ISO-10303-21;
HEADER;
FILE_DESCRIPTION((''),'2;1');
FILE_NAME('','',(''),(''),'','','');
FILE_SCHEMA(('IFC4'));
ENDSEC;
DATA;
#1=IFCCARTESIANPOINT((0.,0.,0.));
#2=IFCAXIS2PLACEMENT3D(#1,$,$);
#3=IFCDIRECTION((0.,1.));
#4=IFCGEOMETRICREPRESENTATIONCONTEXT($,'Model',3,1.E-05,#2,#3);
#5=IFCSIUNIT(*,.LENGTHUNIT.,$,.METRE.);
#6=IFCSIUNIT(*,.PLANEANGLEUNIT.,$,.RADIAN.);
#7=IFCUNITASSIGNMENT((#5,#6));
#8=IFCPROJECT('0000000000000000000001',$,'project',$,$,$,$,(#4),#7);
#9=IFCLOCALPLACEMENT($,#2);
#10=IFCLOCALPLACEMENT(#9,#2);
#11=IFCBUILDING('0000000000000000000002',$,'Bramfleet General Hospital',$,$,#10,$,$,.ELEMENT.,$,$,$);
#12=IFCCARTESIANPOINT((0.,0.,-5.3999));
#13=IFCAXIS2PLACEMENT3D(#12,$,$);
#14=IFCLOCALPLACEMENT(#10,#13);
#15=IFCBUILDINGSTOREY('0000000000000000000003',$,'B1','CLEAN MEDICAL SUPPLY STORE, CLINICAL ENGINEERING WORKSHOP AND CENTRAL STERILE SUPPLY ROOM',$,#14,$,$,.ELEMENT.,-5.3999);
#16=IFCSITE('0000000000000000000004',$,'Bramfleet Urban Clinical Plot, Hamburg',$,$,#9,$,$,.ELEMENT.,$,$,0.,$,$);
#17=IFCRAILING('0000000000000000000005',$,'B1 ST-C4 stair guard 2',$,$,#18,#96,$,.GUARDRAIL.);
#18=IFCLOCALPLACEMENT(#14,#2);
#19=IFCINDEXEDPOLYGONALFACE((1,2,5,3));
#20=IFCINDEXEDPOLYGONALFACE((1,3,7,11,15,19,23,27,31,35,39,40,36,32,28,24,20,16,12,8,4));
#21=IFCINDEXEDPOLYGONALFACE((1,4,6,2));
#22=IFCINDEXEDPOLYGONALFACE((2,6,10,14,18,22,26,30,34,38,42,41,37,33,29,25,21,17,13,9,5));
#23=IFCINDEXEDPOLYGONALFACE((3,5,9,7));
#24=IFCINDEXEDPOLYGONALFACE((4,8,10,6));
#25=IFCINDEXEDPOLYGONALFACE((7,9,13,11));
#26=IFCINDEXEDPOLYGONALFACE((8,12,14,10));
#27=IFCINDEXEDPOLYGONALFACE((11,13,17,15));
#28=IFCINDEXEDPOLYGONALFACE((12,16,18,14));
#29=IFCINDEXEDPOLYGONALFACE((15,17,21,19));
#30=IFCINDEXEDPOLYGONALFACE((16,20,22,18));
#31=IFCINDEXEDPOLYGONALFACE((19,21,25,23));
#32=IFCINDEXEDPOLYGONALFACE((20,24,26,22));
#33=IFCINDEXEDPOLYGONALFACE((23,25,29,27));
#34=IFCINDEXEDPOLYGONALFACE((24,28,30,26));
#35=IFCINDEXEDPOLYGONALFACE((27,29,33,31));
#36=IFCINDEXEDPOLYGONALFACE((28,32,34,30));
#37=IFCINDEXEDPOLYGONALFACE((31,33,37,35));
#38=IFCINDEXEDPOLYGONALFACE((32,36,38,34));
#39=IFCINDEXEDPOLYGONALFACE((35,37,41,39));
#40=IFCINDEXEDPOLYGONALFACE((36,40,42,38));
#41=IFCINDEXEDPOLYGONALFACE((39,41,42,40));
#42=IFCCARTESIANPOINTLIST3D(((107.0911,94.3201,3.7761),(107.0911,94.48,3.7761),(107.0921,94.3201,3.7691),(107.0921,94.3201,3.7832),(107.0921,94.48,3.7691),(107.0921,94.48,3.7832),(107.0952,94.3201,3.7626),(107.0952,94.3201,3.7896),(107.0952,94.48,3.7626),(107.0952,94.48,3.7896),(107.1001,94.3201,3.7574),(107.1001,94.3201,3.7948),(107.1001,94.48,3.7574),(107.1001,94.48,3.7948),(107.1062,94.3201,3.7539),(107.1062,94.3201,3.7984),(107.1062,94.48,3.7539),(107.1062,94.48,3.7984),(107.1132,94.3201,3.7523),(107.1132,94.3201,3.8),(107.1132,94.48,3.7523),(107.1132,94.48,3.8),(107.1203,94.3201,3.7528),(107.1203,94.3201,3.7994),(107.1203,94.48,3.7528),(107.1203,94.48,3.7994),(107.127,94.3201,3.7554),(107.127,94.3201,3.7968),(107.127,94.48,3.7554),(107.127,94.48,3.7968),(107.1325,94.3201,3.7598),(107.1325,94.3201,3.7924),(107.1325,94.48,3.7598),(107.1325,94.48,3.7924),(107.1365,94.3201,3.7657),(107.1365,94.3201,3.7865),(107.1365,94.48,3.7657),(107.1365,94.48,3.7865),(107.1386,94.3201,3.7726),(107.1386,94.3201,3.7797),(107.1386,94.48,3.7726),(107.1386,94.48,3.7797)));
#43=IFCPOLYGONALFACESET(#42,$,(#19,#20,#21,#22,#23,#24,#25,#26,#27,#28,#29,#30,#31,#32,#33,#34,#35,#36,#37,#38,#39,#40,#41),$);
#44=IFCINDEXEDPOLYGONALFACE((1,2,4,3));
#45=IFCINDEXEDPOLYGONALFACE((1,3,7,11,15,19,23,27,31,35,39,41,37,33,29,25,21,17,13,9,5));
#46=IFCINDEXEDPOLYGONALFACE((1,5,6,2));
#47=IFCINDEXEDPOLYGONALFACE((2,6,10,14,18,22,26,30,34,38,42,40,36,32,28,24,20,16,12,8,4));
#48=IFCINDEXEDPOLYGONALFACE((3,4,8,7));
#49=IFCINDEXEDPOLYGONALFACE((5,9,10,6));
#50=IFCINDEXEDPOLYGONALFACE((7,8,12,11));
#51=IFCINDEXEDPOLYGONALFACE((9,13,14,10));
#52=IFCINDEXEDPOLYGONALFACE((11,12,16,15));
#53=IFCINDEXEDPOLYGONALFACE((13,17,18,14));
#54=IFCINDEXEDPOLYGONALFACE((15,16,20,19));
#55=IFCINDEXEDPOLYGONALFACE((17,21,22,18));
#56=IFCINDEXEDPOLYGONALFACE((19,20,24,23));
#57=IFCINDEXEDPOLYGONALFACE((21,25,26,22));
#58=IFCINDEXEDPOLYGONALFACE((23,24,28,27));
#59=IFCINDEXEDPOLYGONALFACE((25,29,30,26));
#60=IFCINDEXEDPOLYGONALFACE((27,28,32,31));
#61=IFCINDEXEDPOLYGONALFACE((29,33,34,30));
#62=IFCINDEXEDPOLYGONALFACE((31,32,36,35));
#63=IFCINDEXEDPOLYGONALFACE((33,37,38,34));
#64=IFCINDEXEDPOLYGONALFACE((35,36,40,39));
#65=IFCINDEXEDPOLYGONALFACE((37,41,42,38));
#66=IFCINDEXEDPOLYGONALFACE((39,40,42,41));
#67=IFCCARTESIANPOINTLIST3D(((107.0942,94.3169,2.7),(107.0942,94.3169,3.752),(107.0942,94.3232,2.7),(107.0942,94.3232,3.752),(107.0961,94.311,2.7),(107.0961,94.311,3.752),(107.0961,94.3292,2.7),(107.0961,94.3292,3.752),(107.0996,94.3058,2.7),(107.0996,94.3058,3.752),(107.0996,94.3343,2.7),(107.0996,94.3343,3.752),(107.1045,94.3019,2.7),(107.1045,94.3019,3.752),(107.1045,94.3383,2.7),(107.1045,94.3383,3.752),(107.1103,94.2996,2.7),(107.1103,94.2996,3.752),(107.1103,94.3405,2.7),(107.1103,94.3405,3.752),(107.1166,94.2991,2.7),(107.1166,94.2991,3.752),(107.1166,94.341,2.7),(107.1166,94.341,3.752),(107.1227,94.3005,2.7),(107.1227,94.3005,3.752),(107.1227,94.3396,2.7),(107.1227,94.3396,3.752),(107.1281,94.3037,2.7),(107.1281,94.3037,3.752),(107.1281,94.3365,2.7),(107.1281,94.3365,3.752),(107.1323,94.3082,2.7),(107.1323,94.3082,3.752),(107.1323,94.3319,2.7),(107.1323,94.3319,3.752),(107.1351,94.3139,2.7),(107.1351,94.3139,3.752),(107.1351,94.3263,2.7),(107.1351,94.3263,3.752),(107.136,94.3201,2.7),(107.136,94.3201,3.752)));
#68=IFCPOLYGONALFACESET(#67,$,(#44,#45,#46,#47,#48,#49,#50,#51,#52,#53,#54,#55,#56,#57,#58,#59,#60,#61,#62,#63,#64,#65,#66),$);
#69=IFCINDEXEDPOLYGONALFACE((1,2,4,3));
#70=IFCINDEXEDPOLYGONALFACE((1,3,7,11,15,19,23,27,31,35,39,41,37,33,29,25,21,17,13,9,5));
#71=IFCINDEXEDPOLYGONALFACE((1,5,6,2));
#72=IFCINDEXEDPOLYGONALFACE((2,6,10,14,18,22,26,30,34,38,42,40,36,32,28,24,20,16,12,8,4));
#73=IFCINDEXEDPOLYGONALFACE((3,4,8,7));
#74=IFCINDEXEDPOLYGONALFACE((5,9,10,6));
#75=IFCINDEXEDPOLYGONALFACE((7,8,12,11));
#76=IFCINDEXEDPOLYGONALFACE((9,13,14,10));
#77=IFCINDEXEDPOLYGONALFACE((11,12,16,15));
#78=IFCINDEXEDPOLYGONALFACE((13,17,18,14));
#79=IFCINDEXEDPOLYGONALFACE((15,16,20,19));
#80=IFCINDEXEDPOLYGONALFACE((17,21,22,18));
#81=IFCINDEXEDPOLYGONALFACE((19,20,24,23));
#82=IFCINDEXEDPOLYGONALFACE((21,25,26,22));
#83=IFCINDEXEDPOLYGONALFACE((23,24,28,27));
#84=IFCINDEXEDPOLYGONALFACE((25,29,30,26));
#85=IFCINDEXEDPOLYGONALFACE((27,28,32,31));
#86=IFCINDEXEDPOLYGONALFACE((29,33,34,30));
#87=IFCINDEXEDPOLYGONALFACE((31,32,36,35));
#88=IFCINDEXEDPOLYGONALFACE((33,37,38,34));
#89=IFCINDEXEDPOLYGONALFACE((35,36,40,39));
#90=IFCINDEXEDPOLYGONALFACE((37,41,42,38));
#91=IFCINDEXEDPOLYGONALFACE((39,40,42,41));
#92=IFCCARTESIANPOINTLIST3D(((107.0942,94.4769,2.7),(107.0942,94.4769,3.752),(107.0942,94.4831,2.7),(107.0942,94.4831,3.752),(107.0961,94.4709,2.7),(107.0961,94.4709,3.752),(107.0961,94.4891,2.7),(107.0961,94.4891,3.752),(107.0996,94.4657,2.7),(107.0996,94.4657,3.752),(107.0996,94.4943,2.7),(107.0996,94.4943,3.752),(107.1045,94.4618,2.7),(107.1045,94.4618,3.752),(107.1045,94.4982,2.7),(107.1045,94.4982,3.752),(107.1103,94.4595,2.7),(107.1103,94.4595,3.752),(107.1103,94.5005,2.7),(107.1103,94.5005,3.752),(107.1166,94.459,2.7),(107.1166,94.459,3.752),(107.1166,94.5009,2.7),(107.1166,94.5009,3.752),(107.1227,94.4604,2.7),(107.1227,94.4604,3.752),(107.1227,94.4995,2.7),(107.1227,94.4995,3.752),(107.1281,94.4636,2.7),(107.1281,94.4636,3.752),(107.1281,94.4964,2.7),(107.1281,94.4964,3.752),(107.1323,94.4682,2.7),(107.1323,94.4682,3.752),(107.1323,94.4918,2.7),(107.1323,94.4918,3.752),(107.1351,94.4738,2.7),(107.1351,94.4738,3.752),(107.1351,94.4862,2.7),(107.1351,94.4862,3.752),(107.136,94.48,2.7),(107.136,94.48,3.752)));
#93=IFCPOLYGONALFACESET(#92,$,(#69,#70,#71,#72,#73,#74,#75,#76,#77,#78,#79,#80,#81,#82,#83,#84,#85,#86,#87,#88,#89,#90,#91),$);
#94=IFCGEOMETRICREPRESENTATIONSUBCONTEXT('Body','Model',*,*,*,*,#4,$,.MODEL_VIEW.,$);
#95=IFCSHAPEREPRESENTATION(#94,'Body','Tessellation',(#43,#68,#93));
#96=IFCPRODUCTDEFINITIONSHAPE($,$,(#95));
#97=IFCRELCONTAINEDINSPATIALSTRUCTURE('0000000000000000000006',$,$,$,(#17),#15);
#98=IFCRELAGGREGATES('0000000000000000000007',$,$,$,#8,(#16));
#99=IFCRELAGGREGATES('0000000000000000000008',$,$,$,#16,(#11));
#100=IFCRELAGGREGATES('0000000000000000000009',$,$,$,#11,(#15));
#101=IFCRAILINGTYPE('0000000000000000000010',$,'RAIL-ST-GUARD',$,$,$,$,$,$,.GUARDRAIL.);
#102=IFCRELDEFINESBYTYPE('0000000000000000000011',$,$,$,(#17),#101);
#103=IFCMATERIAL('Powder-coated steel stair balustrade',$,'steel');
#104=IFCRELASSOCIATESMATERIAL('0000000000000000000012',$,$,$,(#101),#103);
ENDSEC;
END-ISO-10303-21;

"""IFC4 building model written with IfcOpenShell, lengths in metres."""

from ifc_helpers import new_model, si_unit, direction, frame, origin, origin_2d, place, context, subcontext, project, spatial, circle, extrude, material, type_object, element, save


model = new_model("IFC4")

# Units and contexts
model_context = context("Model", 3, precision=1e-05, world=origin(), true_north=direction((0.0, 1.0)))
body_context = subcontext(model_context, "Body", "Model", "MODEL_VIEW")
ifc_project = project(units=[si_unit("LENGTHUNIT", "METRE"), si_unit("PLANEANGLEUNIT", "RADIAN")], contexts=[model_context])

# Site, building, storey
site_placement = place(None, origin())
site = spatial("IfcSite", under=ifc_project, at=site_placement, Name="Bramfleet Urban Clinical Plot, Hamburg", CompositionType="ELEMENT", RefElevation=0.0)
building_placement = place(site_placement, origin())
building = spatial("IfcBuilding", under=site, at=building_placement, Name="Bramfleet General Hospital", CompositionType="ELEMENT")
storey_placement = place(building_placement, frame((0.0, 0.0, -5.3999)))
storey = spatial("IfcBuildingStorey", under=building, at=storey_placement, Name="B1", Description="CLEAN MEDICAL SUPPLY STORE, CLINICAL ENGINEERING WORKSHOP AND CENTRAL STERILE SUPPLY ROOM", CompositionType="ELEMENT", Elevation=-5.3999)

# Railing
ifc_material_1 = material(Name="Powder-coated steel stair balustrade", Category="steel")
railing_type_1 = type_object("IfcRailingType", Name="RAIL-ST-GUARD", PredefinedType="GUARDRAIL", material=ifc_material_1)
railing_1_placement = place(storey_placement, frame((107.115, 94.3201, 2.7)))
element("IfcRailing", 1, at=railing_1_placement, inside=storey, type_object=railing_type_1, Name="B1 ST-C4 stair guard 2", PredefinedType="GUARDRAIL", context=body_context, shape_type="SweptSolid", body=[
    extrude(circle(Radius=0.0239, at=origin_2d()), frame((0.0, 0.0, 1.0762), z_axis=(0.0, 1.0, 0.0), x_axis=(-1.0, 0.0, 0.0)), (0.0, 0.0, 1.0), 0.1599),
    extrude(circle(Radius=0.021, at=origin_2d()), origin(), (0.0, 0.0, 1.0), 1.052),
    extrude(circle(Radius=0.021, at=origin_2d()), frame((0.0, 0.1599, 0.0)), (0.0, 0.0, 1.0), 1.052),
])

save(model, "model.ifc")
